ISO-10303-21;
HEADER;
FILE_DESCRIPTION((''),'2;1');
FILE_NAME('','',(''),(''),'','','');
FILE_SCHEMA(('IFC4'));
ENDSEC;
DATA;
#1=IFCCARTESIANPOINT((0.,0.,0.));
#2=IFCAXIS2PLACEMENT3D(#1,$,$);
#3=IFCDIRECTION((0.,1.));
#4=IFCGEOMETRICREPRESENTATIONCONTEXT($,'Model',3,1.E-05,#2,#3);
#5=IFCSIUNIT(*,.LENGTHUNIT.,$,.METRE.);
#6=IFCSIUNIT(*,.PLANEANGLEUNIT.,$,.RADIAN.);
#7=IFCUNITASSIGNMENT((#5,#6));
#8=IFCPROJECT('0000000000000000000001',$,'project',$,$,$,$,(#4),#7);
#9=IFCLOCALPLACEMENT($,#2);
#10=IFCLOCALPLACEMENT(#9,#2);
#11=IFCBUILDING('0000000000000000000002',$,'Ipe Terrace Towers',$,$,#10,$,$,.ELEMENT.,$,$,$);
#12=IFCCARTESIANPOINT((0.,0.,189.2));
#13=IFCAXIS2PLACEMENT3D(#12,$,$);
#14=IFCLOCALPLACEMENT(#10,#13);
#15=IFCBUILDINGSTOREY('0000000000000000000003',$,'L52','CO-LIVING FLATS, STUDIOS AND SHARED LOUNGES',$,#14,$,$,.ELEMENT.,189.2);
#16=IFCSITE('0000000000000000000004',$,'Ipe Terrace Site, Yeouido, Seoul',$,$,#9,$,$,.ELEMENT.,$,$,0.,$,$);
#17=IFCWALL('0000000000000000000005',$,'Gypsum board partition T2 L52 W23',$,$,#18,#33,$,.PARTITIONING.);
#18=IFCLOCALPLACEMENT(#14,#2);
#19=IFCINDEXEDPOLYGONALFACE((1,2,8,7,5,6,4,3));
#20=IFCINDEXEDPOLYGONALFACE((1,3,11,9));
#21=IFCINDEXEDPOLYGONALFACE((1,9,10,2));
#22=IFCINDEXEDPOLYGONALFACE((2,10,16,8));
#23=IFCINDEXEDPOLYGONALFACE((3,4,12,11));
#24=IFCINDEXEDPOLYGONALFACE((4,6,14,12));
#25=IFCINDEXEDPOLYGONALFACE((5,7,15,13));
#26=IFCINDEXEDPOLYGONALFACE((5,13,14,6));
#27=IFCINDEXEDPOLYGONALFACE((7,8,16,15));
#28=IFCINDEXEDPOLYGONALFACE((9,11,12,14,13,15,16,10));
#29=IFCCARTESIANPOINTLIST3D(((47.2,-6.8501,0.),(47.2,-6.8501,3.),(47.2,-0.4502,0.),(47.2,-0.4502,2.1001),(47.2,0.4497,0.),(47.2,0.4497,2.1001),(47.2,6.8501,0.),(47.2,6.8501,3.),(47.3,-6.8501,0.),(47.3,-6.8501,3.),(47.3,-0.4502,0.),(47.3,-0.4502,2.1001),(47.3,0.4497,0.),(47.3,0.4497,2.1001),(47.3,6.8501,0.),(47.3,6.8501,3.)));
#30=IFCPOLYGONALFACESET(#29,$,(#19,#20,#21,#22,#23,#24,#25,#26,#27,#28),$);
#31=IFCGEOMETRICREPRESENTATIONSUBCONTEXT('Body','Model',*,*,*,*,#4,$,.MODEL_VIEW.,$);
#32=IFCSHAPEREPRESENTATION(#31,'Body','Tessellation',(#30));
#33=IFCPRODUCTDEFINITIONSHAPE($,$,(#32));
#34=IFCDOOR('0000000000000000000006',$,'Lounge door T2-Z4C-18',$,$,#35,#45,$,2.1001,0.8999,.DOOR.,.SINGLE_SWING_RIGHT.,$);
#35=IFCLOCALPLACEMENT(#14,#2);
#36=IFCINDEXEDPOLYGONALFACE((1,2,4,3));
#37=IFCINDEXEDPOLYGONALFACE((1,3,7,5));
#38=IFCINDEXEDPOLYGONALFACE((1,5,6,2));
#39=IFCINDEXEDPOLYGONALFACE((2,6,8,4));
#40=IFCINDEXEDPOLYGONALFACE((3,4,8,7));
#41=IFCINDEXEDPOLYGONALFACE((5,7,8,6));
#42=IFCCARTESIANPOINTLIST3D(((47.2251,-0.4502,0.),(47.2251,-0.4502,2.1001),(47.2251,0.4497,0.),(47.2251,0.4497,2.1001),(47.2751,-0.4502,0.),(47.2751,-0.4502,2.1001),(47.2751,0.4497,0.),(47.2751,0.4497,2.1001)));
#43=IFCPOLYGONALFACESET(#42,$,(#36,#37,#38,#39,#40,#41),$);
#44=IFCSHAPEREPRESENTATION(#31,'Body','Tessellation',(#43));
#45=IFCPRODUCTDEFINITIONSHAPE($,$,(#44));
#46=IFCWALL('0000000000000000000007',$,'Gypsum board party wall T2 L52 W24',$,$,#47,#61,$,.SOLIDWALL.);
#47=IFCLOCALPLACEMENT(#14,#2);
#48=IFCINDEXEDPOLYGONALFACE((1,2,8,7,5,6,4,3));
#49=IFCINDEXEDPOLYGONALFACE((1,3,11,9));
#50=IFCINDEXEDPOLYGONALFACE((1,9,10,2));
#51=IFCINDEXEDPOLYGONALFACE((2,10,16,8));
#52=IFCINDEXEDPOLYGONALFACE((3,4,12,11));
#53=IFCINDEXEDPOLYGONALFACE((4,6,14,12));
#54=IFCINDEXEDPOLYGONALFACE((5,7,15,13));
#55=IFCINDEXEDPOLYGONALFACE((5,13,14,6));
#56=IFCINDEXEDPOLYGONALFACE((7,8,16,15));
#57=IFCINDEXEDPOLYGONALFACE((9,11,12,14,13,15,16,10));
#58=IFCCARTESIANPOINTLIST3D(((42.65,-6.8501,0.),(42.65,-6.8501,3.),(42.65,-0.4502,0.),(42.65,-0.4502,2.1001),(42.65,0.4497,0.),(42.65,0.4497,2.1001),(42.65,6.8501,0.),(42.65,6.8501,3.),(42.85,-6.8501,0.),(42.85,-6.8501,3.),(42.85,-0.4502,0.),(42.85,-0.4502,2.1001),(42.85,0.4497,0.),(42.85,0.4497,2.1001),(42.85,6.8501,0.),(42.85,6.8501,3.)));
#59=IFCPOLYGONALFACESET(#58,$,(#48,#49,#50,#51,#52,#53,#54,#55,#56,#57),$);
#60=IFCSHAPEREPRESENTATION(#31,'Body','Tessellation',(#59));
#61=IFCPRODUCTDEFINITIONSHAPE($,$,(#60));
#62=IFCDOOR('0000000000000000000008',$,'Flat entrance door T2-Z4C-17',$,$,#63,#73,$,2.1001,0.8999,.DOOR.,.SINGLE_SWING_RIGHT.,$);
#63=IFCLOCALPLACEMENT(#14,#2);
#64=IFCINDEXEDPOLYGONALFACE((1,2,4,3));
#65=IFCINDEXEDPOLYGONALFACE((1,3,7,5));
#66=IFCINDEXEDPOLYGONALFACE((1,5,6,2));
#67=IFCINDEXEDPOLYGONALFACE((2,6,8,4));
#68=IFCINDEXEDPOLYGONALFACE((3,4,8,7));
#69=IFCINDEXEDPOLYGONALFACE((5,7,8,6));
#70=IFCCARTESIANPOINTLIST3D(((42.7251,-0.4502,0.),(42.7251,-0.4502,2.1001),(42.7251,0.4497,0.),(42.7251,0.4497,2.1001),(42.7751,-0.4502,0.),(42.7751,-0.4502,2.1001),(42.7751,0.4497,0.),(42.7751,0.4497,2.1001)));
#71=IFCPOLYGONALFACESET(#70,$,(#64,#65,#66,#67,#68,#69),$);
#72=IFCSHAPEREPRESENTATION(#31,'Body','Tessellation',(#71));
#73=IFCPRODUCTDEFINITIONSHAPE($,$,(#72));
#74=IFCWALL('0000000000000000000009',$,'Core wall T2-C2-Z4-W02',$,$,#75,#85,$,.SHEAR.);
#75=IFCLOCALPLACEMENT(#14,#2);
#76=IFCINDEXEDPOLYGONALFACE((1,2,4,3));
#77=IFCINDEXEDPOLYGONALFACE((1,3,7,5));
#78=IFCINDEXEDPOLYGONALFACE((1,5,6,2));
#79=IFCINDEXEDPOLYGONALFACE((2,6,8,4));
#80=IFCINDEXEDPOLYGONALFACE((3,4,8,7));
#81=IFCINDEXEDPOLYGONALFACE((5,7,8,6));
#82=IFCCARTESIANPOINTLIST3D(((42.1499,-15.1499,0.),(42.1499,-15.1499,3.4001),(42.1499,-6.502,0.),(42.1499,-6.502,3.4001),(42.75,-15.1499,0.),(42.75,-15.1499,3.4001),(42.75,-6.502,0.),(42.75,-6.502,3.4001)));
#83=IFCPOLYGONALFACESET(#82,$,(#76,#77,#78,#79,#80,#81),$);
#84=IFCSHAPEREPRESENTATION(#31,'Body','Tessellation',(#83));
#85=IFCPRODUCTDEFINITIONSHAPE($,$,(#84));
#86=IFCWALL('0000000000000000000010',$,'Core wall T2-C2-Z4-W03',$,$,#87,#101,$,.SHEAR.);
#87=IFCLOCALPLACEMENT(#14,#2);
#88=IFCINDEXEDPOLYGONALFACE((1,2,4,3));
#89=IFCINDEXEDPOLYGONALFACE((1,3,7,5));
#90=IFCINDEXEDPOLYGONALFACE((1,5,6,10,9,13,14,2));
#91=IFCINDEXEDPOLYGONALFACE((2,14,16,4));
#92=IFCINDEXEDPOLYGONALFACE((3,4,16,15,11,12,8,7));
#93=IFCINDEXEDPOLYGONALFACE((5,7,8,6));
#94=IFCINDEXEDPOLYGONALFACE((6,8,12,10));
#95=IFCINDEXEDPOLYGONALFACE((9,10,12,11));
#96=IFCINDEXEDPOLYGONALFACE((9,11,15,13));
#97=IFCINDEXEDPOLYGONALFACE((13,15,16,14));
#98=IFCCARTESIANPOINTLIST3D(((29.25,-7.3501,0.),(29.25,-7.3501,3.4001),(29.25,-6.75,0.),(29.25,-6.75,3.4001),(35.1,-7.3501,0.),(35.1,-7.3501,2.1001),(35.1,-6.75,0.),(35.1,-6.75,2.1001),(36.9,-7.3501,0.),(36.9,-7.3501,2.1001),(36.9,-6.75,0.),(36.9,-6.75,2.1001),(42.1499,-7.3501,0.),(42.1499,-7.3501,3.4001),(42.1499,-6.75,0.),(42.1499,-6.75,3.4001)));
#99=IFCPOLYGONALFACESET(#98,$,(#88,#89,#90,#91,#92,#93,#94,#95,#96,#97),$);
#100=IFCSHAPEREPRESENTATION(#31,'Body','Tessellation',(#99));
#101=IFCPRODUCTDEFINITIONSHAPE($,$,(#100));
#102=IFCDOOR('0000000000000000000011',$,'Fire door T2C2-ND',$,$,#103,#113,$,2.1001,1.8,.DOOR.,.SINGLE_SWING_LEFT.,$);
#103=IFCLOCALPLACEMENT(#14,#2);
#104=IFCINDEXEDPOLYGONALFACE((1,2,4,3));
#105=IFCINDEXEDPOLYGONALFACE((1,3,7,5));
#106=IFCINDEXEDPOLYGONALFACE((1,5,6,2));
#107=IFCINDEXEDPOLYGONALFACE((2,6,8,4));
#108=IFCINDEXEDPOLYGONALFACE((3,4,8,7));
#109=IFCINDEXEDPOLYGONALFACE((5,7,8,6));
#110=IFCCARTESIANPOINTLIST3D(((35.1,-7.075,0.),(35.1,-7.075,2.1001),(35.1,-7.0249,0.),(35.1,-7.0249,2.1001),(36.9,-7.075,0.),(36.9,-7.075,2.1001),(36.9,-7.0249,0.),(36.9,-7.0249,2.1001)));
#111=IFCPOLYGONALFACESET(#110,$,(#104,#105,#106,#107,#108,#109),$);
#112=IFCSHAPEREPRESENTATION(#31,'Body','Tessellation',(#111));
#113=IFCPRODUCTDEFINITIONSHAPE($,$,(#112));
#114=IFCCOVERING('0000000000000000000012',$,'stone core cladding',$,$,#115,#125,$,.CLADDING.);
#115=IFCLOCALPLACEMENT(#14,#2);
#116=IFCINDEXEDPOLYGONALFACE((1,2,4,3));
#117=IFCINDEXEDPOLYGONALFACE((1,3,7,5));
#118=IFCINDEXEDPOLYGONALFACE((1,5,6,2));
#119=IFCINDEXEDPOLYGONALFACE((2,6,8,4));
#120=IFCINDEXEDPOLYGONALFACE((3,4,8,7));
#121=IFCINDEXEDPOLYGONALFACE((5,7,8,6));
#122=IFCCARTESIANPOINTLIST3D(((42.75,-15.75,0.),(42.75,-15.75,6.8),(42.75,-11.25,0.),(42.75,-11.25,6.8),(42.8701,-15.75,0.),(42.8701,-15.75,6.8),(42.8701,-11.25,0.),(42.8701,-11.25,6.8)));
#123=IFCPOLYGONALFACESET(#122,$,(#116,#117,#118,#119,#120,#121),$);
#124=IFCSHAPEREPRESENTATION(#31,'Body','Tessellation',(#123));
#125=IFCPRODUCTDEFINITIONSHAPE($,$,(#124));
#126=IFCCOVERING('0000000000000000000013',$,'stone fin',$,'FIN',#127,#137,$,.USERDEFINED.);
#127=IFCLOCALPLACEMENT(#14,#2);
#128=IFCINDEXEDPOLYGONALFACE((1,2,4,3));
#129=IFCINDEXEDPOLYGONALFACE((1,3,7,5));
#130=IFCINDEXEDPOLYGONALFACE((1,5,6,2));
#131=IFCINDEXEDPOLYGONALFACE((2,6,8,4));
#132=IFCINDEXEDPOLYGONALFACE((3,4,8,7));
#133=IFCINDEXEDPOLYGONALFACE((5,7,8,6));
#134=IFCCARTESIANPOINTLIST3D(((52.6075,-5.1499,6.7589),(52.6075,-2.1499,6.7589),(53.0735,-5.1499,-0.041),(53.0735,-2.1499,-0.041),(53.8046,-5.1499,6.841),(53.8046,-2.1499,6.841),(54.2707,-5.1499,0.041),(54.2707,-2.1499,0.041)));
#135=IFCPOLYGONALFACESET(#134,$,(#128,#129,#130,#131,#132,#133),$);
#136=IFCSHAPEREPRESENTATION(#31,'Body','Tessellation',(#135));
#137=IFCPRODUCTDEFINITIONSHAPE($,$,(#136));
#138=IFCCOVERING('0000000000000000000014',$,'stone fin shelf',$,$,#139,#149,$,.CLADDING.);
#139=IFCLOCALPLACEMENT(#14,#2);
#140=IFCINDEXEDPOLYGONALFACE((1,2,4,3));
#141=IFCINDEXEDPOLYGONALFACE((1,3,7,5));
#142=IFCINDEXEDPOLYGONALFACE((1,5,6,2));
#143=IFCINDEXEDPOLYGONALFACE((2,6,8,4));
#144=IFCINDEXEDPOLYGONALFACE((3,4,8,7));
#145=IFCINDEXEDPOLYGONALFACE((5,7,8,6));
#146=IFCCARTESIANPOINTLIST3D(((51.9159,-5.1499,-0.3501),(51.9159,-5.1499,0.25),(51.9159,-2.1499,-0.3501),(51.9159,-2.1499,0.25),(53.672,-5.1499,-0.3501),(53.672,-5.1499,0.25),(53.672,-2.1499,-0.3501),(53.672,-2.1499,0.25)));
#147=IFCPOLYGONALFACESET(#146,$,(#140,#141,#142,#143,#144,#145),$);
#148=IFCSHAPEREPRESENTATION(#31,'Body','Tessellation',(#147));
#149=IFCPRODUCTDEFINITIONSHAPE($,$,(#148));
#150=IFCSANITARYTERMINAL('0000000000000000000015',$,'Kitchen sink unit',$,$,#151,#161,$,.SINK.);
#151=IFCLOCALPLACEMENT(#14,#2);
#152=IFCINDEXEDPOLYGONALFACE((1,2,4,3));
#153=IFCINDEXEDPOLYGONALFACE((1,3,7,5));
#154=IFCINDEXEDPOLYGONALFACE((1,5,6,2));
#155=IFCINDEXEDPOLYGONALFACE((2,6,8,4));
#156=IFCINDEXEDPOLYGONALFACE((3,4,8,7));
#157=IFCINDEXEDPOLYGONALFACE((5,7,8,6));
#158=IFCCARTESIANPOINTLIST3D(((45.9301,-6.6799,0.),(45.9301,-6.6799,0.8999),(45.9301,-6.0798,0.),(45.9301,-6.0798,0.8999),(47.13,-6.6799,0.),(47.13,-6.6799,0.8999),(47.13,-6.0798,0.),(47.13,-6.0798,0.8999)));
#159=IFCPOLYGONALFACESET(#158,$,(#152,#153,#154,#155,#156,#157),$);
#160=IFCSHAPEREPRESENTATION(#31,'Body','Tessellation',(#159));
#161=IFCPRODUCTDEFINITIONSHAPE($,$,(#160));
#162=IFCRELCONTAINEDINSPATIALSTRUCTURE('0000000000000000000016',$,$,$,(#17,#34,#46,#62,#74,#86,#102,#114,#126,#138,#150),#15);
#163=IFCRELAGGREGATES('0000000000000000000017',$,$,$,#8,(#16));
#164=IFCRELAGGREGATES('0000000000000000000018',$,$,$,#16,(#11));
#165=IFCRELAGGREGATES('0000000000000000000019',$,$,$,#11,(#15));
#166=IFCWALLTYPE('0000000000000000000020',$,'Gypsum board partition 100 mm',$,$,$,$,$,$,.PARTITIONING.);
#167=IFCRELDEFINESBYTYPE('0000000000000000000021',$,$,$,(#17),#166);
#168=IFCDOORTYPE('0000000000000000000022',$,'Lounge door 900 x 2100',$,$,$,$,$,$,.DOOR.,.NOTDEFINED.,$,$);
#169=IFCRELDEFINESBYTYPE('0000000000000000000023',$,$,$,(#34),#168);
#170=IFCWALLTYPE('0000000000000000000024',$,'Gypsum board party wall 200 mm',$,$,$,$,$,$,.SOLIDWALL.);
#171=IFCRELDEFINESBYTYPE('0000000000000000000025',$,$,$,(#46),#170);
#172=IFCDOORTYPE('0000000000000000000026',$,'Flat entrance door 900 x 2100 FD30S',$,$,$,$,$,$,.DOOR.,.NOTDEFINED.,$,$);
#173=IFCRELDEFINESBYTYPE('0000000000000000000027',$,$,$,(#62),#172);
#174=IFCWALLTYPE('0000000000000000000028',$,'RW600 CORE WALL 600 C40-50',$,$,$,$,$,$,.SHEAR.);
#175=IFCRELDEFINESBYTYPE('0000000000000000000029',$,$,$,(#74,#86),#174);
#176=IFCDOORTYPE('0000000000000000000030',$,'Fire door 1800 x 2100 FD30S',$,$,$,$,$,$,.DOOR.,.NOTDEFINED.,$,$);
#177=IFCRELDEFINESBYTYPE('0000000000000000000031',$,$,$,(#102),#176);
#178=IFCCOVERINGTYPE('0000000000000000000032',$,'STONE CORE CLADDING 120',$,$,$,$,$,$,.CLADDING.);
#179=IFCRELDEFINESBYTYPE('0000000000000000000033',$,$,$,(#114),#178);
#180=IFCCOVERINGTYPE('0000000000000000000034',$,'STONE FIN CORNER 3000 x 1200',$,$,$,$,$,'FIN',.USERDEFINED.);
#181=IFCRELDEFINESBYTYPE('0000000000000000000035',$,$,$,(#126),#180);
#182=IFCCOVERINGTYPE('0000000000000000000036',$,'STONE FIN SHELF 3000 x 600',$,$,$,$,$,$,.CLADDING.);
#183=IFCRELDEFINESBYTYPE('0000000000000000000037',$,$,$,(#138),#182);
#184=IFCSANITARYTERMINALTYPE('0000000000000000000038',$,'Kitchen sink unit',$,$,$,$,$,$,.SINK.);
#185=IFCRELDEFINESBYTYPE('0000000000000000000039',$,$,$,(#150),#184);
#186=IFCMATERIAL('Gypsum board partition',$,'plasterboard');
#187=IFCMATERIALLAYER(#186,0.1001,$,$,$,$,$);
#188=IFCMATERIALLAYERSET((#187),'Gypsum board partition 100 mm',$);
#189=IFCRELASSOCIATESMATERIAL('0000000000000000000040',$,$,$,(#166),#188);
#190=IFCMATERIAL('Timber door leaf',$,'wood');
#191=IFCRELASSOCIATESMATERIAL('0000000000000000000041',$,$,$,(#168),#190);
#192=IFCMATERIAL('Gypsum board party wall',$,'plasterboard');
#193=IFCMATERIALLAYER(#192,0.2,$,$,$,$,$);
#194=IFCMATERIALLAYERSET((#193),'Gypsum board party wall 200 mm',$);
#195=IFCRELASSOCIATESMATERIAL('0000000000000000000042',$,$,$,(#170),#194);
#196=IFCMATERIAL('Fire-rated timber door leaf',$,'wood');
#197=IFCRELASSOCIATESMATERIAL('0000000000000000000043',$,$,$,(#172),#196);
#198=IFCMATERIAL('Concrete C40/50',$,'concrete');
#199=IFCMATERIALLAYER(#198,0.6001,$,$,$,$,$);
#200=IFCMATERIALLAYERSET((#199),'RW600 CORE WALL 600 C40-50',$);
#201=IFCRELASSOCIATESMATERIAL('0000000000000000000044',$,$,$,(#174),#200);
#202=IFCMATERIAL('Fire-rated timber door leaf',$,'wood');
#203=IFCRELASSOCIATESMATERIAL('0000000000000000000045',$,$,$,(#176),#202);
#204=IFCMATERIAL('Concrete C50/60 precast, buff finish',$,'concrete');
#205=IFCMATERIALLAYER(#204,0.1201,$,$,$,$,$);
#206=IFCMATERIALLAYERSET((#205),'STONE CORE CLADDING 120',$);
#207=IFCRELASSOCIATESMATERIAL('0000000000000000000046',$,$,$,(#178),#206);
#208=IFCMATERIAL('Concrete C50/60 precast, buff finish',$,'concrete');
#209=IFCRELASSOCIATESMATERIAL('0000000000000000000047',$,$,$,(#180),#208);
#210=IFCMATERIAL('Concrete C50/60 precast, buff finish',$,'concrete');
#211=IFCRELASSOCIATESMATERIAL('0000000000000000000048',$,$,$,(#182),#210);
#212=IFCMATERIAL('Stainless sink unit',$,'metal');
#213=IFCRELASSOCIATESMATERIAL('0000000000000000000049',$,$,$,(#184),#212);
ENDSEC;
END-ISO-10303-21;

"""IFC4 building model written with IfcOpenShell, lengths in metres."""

from ifc_helpers import new_model, si_unit, direction, frame, frame_2d, origin, origin_2d, place, context, subcontext, project, spatial, rectangle, extrude, material, layer, layer_set, material_profile, profile_set, type_object, element, fill, save


model = new_model("IFC4")

# Units and contexts
model_context = context("Model", 3, precision=1e-05, world=origin(), true_north=direction((0.0, 1.0)))
body_context = subcontext(model_context, "Body", "Model", "MODEL_VIEW")
ifc_project = project(units=[si_unit("LENGTHUNIT", "METRE"), si_unit("PLANEANGLEUNIT", "RADIAN")], contexts=[model_context])

# Site, building, storey
site_placement = place(None, origin())
site = spatial("IfcSite", under=ifc_project, at=site_placement, Name="Ipe Terrace Site, Yeouido, Seoul", CompositionType="ELEMENT", RefElevation=0.0)
building_placement = place(site_placement, origin())
building = spatial("IfcBuilding", under=site, at=building_placement, Name="Ipe Terrace Towers", CompositionType="ELEMENT")
storey_placement = place(building_placement, frame((0.0, 0.0, 189.2)))
storey = spatial("IfcBuildingStorey", under=building, at=storey_placement, Name="L52", Description="CO-LIVING FLATS, STUDIOS AND SHARED LOUNGES", CompositionType="ELEMENT", Elevation=189.2)

# Shared definitions
ifc_material_1 = material(Name="Gypsum board partition", Category="plasterboard")
ifc_layer_1 = layer(ifc_material_1, 0.1001)
ifc_layer_set_1 = layer_set([ifc_layer_1], Name="Gypsum board partition 100 mm")
wall_type_1 = type_object("IfcWallType", Name="Gypsum board partition 100 mm", PredefinedType="PARTITIONING", material=ifc_layer_set_1)

# Walls, openings, doors
wall_1_placement = place(storey_placement, frame((47.25, -6.8501, 0.0), z_axis=(0.0, 0.0, 1.0), x_axis=(0.0, 1.0, 0.0)))
wall_1 = element("IfcWall", 1, at=wall_1_placement, inside=storey, type_object=wall_type_1, Name="Gypsum board partition T2 L52 W23", PredefinedType="PARTITIONING", context=body_context, shape_type="SweptSolid", body=[
    extrude(rectangle(XDim=13.7002, YDim=0.1001, at=frame_2d((6.8501, 0.0))), origin(), (0.0, 0.0, 1.0), 3.0),
])
opening_1_placement = place(wall_1_placement, frame((6.3999, 0.0, 0.0)))
opening_1 = element("IfcOpeningElement", 2, at=opening_1_placement, cuts=wall_1, PredefinedType="OPENING", context=body_context, shape_type="SweptSolid", body=[
    extrude(rectangle(XDim=0.8999, YDim=2.1001, at=frame_2d((0.45, 1.05))), frame((0.0, 0.0601, 0.0), z_axis=(0.0, -1.0, 0.0), x_axis=(1.0, 0.0, 0.0)), (0.0, 0.0, 1.0), 0.1201),
])
ifc_material_2 = material(Name="Timber door leaf", Category="wood")
door_type_1 = type_object("IfcDoorType", Name="Lounge door 900 x 2100", OperationType="NOTDEFINED", PredefinedType="DOOR", material=ifc_material_2)
door_1_placement = place(opening_1_placement, origin())
door_1 = element("IfcDoor", 3, at=door_1_placement, inside=storey, type_object=door_type_1, Name="Lounge door T2-Z4C-18", OperationType="SINGLE_SWING_RIGHT", OverallHeight=2.1001, OverallWidth=0.8999, PredefinedType="DOOR", context=body_context, shape_type="SweptSolid", body=[
    extrude(rectangle(XDim=0.8999, YDim=2.1001, at=frame_2d((0.45, 1.05))), frame((0.0, 0.0249, 0.0), z_axis=(0.0, -1.0, 0.0), x_axis=(1.0, 0.0, 0.0)), (0.0, 0.0, 1.0), 0.05),
])
fill(opening_1, door_1)
ifc_material_3 = material(Name="Gypsum board party wall", Category="plasterboard")
ifc_layer_2 = layer(ifc_material_3, 0.2)
ifc_layer_set_2 = layer_set([ifc_layer_2], Name="Gypsum board party wall 200 mm")
wall_type_2 = type_object("IfcWallType", Name="Gypsum board party wall 200 mm", PredefinedType="SOLIDWALL", material=ifc_layer_set_2)
wall_2_placement = place(storey_placement, frame((42.75, -6.8501, 0.0), z_axis=(0.0, 0.0, 1.0), x_axis=(0.0, 1.0, 0.0)))
wall_2 = element("IfcWall", 4, at=wall_2_placement, inside=storey, type_object=wall_type_2, Name="Gypsum board party wall T2 L52 W24", PredefinedType="SOLIDWALL", context=body_context, shape_type="SweptSolid", body=[
    extrude(rectangle(XDim=13.7002, YDim=0.2, at=frame_2d((6.8501, 0.0))), origin(), (0.0, 0.0, 1.0), 3.0),
])
opening_2_placement = place(wall_2_placement, frame((6.3999, 0.0, 0.0)))
opening_2 = element("IfcOpeningElement", 5, at=opening_2_placement, cuts=wall_2, PredefinedType="OPENING", context=body_context, shape_type="SweptSolid", body=[
    extrude(rectangle(XDim=0.8999, YDim=2.1001, at=frame_2d((0.45, 1.05))), frame((0.0, 0.1099, 0.0), z_axis=(0.0, -1.0, 0.0), x_axis=(1.0, 0.0, 0.0)), (0.0, 0.0, 1.0), 0.22),
])
ifc_material_4 = material(Name="Fire-rated timber door leaf", Category="wood")
door_type_2 = type_object("IfcDoorType", Name="Flat entrance door 900 x 2100 FD30S", OperationType="NOTDEFINED", PredefinedType="DOOR", material=ifc_material_4)
door_2_placement = place(opening_2_placement, origin())
door_2 = element("IfcDoor", 6, at=door_2_placement, inside=storey, type_object=door_type_2, Name="Flat entrance door T2-Z4C-17", OperationType="SINGLE_SWING_RIGHT", OverallHeight=2.1001, OverallWidth=0.8999, PredefinedType="DOOR", context=body_context, shape_type="SweptSolid", body=[
    extrude(rectangle(XDim=0.8999, YDim=2.1001, at=frame_2d((0.45, 1.05))), frame((0.0, 0.0249, 0.0), z_axis=(0.0, -1.0, 0.0), x_axis=(1.0, 0.0, 0.0)), (0.0, 0.0, 1.0), 0.05),
])
fill(opening_2, door_2)

# Wall
ifc_material_5 = material(Name="Concrete C40/50", Category="concrete")
ifc_layer_3 = layer(ifc_material_5, 0.6001)
ifc_layer_set_3 = layer_set([ifc_layer_3], Name="RW600 CORE WALL 600 C40-50")
wall_type_3 = type_object("IfcWallType", Name="RW600 CORE WALL 600 C40-50", PredefinedType="SHEAR", material=ifc_layer_set_3)
wall_3_placement = place(storey_placement, frame((42.45, -15.1499, 0.0), z_axis=(0.0, 0.0, 1.0), x_axis=(0.0, 1.0, 0.0)))
element("IfcWall", 7, at=wall_3_placement, inside=storey, type_object=wall_type_3, Name="Core wall T2-C2-Z4-W02", PredefinedType="SHEAR", context=body_context, shape_type="SweptSolid", body=[
    extrude(rectangle(XDim=8.6479, YDim=0.6001, at=frame_2d((4.324, 0.0))), origin(), (0.0, 0.0, 1.0), 3.4001),
])

# Wall, opening, door
wall_4_placement = place(storey_placement, frame((42.1499, -7.05, 0.0), z_axis=(0.0, 0.0, 1.0), x_axis=(-1.0, 0.0, 0.0)))
wall_4 = element("IfcWall", 8, at=wall_4_placement, inside=storey, type_object=wall_type_3, Name="Core wall T2-C2-Z4-W03", PredefinedType="SHEAR", context=body_context, shape_type="SweptSolid", body=[
    extrude(rectangle(XDim=12.8999, YDim=0.6001, at=frame_2d((6.45, 0.0))), origin(), (0.0, 0.0, 1.0), 3.4001),
])
opening_3_placement = place(wall_4_placement, frame((5.25, 0.0, 0.0)))
opening_3 = element("IfcOpeningElement", 9, at=opening_3_placement, cuts=wall_4, PredefinedType="OPENING", context=body_context, shape_type="SweptSolid", body=[
    extrude(rectangle(XDim=1.8, YDim=2.1001, at=frame_2d((0.8999, 1.05))), frame((0.0, 0.3101, 0.0), z_axis=(0.0, -1.0, 0.0), x_axis=(1.0, 0.0, 0.0)), (0.0, 0.0, 1.0), 0.6201),
])
ifc_material_6 = material(Name="Fire-rated timber door leaf", Category="wood")
door_type_3 = type_object("IfcDoorType", Name="Fire door 1800 x 2100 FD30S", OperationType="NOTDEFINED", PredefinedType="DOOR", material=ifc_material_6)
door_3_placement = place(opening_3_placement, origin())
door_3 = element("IfcDoor", 10, at=door_3_placement, inside=storey, type_object=door_type_3, Name="Fire door T2C2-ND", OperationType="SINGLE_SWING_LEFT", OverallHeight=2.1001, OverallWidth=1.8, PredefinedType="DOOR", context=body_context, shape_type="SweptSolid", body=[
    extrude(rectangle(XDim=1.8, YDim=2.1001, at=frame_2d((0.8999, 1.05))), frame((0.0, 0.0249, 0.0), z_axis=(0.0, -1.0, 0.0), x_axis=(1.0, 0.0, 0.0)), (0.0, 0.0, 1.0), 0.05),
])
fill(opening_3, door_3)

# Coverings
ifc_material_7 = material(Name="Concrete C50/60 precast, buff finish", Category="concrete")
ifc_layer_4 = layer(ifc_material_7, 0.1201)
ifc_layer_set_4 = layer_set([ifc_layer_4], Name="STONE CORE CLADDING 120")
covering_type_1 = type_object("IfcCoveringType", Name="STONE CORE CLADDING 120", PredefinedType="CLADDING", material=ifc_layer_set_4)
covering_1_placement = place(storey_placement, frame((42.8101, -13.5, 0.0), z_axis=(0.0, 0.0, 1.0), x_axis=(0.0, 1.0, 0.0)))
element("IfcCovering", 11, at=covering_1_placement, inside=storey, type_object=covering_type_1, Name="stone core cladding", PredefinedType="CLADDING", context=body_context, shape_type="SweptSolid", body=[
    extrude(rectangle(XDim=4.5, YDim=0.1201, at=origin_2d()), origin(), (0.0, 0.0, 1.0), 6.8),
])
ifc_material_8 = material(Name="Concrete C50/60 precast, buff finish", Category="concrete")
ifc_material_profile_1 = material_profile(ifc_material_8, rectangle(XDim=3.0, YDim=1.2, at=origin_2d()), Name="STONE FIN CORNER 3000 x 1200")
ifc_profile_set_1 = profile_set([ifc_material_profile_1], Name="Concrete C50/60 precast, buff finish")
covering_type_2 = type_object("IfcCoveringType", Name="STONE FIN CORNER 3000 x 1200", ElementType="FIN", PredefinedType="USERDEFINED", material=ifc_profile_set_1)
covering_2_placement = place(storey_placement, frame((53.6721, -3.6499, 0.0), z_axis=(-0.068378, 0.0, 0.997659), x_axis=(0.0, 1.0, 0.0)))
element("IfcCovering", 12, at=covering_2_placement, inside=storey, type_object=covering_type_2, Name="stone fin", ObjectType="FIN", PredefinedType="USERDEFINED", context=body_context, shape_type="SweptSolid", body=[
    extrude(rectangle(XDim=3.0, YDim=1.2, at=origin_2d()), origin(), (0.0, 0.0, 1.0), 6.8159),
])
ifc_material_9 = material(Name="Concrete C50/60 precast, buff finish", Category="concrete")
covering_type_3 = type_object("IfcCoveringType", Name="STONE FIN SHELF 3000 x 600", PredefinedType="CLADDING", material=ifc_material_9)
covering_3_placement = place(storey_placement, frame((52.7939, -3.6499, -0.3501), z_axis=(0.0, 0.0, 1.0), x_axis=(0.0, 1.0, 0.0)))
element("IfcCovering", 13, at=covering_3_placement, inside=storey, type_object=covering_type_3, Name="stone fin shelf", PredefinedType="CLADDING", context=body_context, shape_type="SweptSolid", body=[
    extrude(rectangle(XDim=3.0, YDim=1.7561, at=origin_2d()), origin(), (0.0, 0.0, 1.0), 0.6001),
])

# Sanitary terminal
ifc_material_10 = material(Name="Stainless sink unit", Category="metal")
sanitary_terminal_type_1 = type_object("IfcSanitaryTerminalType", Name="Kitchen sink unit", PredefinedType="SINK", material=ifc_material_10)
sanitary_terminal_1_placement = place(storey_placement, frame((46.53, -6.3799, 0.0), z_axis=(0.0, 0.0, 1.0), x_axis=(-1.0, 0.0, 0.0)))
element("IfcSanitaryTerminal", 14, at=sanitary_terminal_1_placement, inside=storey, type_object=sanitary_terminal_type_1, Name="Kitchen sink unit", PredefinedType="SINK", context=body_context, shape_type="SweptSolid", body=[
    extrude(rectangle(XDim=1.2, YDim=0.6001, at=origin_2d()), origin(), (0.0, 0.0, 1.0), 0.8999),
])

save(model, "model.ifc")
